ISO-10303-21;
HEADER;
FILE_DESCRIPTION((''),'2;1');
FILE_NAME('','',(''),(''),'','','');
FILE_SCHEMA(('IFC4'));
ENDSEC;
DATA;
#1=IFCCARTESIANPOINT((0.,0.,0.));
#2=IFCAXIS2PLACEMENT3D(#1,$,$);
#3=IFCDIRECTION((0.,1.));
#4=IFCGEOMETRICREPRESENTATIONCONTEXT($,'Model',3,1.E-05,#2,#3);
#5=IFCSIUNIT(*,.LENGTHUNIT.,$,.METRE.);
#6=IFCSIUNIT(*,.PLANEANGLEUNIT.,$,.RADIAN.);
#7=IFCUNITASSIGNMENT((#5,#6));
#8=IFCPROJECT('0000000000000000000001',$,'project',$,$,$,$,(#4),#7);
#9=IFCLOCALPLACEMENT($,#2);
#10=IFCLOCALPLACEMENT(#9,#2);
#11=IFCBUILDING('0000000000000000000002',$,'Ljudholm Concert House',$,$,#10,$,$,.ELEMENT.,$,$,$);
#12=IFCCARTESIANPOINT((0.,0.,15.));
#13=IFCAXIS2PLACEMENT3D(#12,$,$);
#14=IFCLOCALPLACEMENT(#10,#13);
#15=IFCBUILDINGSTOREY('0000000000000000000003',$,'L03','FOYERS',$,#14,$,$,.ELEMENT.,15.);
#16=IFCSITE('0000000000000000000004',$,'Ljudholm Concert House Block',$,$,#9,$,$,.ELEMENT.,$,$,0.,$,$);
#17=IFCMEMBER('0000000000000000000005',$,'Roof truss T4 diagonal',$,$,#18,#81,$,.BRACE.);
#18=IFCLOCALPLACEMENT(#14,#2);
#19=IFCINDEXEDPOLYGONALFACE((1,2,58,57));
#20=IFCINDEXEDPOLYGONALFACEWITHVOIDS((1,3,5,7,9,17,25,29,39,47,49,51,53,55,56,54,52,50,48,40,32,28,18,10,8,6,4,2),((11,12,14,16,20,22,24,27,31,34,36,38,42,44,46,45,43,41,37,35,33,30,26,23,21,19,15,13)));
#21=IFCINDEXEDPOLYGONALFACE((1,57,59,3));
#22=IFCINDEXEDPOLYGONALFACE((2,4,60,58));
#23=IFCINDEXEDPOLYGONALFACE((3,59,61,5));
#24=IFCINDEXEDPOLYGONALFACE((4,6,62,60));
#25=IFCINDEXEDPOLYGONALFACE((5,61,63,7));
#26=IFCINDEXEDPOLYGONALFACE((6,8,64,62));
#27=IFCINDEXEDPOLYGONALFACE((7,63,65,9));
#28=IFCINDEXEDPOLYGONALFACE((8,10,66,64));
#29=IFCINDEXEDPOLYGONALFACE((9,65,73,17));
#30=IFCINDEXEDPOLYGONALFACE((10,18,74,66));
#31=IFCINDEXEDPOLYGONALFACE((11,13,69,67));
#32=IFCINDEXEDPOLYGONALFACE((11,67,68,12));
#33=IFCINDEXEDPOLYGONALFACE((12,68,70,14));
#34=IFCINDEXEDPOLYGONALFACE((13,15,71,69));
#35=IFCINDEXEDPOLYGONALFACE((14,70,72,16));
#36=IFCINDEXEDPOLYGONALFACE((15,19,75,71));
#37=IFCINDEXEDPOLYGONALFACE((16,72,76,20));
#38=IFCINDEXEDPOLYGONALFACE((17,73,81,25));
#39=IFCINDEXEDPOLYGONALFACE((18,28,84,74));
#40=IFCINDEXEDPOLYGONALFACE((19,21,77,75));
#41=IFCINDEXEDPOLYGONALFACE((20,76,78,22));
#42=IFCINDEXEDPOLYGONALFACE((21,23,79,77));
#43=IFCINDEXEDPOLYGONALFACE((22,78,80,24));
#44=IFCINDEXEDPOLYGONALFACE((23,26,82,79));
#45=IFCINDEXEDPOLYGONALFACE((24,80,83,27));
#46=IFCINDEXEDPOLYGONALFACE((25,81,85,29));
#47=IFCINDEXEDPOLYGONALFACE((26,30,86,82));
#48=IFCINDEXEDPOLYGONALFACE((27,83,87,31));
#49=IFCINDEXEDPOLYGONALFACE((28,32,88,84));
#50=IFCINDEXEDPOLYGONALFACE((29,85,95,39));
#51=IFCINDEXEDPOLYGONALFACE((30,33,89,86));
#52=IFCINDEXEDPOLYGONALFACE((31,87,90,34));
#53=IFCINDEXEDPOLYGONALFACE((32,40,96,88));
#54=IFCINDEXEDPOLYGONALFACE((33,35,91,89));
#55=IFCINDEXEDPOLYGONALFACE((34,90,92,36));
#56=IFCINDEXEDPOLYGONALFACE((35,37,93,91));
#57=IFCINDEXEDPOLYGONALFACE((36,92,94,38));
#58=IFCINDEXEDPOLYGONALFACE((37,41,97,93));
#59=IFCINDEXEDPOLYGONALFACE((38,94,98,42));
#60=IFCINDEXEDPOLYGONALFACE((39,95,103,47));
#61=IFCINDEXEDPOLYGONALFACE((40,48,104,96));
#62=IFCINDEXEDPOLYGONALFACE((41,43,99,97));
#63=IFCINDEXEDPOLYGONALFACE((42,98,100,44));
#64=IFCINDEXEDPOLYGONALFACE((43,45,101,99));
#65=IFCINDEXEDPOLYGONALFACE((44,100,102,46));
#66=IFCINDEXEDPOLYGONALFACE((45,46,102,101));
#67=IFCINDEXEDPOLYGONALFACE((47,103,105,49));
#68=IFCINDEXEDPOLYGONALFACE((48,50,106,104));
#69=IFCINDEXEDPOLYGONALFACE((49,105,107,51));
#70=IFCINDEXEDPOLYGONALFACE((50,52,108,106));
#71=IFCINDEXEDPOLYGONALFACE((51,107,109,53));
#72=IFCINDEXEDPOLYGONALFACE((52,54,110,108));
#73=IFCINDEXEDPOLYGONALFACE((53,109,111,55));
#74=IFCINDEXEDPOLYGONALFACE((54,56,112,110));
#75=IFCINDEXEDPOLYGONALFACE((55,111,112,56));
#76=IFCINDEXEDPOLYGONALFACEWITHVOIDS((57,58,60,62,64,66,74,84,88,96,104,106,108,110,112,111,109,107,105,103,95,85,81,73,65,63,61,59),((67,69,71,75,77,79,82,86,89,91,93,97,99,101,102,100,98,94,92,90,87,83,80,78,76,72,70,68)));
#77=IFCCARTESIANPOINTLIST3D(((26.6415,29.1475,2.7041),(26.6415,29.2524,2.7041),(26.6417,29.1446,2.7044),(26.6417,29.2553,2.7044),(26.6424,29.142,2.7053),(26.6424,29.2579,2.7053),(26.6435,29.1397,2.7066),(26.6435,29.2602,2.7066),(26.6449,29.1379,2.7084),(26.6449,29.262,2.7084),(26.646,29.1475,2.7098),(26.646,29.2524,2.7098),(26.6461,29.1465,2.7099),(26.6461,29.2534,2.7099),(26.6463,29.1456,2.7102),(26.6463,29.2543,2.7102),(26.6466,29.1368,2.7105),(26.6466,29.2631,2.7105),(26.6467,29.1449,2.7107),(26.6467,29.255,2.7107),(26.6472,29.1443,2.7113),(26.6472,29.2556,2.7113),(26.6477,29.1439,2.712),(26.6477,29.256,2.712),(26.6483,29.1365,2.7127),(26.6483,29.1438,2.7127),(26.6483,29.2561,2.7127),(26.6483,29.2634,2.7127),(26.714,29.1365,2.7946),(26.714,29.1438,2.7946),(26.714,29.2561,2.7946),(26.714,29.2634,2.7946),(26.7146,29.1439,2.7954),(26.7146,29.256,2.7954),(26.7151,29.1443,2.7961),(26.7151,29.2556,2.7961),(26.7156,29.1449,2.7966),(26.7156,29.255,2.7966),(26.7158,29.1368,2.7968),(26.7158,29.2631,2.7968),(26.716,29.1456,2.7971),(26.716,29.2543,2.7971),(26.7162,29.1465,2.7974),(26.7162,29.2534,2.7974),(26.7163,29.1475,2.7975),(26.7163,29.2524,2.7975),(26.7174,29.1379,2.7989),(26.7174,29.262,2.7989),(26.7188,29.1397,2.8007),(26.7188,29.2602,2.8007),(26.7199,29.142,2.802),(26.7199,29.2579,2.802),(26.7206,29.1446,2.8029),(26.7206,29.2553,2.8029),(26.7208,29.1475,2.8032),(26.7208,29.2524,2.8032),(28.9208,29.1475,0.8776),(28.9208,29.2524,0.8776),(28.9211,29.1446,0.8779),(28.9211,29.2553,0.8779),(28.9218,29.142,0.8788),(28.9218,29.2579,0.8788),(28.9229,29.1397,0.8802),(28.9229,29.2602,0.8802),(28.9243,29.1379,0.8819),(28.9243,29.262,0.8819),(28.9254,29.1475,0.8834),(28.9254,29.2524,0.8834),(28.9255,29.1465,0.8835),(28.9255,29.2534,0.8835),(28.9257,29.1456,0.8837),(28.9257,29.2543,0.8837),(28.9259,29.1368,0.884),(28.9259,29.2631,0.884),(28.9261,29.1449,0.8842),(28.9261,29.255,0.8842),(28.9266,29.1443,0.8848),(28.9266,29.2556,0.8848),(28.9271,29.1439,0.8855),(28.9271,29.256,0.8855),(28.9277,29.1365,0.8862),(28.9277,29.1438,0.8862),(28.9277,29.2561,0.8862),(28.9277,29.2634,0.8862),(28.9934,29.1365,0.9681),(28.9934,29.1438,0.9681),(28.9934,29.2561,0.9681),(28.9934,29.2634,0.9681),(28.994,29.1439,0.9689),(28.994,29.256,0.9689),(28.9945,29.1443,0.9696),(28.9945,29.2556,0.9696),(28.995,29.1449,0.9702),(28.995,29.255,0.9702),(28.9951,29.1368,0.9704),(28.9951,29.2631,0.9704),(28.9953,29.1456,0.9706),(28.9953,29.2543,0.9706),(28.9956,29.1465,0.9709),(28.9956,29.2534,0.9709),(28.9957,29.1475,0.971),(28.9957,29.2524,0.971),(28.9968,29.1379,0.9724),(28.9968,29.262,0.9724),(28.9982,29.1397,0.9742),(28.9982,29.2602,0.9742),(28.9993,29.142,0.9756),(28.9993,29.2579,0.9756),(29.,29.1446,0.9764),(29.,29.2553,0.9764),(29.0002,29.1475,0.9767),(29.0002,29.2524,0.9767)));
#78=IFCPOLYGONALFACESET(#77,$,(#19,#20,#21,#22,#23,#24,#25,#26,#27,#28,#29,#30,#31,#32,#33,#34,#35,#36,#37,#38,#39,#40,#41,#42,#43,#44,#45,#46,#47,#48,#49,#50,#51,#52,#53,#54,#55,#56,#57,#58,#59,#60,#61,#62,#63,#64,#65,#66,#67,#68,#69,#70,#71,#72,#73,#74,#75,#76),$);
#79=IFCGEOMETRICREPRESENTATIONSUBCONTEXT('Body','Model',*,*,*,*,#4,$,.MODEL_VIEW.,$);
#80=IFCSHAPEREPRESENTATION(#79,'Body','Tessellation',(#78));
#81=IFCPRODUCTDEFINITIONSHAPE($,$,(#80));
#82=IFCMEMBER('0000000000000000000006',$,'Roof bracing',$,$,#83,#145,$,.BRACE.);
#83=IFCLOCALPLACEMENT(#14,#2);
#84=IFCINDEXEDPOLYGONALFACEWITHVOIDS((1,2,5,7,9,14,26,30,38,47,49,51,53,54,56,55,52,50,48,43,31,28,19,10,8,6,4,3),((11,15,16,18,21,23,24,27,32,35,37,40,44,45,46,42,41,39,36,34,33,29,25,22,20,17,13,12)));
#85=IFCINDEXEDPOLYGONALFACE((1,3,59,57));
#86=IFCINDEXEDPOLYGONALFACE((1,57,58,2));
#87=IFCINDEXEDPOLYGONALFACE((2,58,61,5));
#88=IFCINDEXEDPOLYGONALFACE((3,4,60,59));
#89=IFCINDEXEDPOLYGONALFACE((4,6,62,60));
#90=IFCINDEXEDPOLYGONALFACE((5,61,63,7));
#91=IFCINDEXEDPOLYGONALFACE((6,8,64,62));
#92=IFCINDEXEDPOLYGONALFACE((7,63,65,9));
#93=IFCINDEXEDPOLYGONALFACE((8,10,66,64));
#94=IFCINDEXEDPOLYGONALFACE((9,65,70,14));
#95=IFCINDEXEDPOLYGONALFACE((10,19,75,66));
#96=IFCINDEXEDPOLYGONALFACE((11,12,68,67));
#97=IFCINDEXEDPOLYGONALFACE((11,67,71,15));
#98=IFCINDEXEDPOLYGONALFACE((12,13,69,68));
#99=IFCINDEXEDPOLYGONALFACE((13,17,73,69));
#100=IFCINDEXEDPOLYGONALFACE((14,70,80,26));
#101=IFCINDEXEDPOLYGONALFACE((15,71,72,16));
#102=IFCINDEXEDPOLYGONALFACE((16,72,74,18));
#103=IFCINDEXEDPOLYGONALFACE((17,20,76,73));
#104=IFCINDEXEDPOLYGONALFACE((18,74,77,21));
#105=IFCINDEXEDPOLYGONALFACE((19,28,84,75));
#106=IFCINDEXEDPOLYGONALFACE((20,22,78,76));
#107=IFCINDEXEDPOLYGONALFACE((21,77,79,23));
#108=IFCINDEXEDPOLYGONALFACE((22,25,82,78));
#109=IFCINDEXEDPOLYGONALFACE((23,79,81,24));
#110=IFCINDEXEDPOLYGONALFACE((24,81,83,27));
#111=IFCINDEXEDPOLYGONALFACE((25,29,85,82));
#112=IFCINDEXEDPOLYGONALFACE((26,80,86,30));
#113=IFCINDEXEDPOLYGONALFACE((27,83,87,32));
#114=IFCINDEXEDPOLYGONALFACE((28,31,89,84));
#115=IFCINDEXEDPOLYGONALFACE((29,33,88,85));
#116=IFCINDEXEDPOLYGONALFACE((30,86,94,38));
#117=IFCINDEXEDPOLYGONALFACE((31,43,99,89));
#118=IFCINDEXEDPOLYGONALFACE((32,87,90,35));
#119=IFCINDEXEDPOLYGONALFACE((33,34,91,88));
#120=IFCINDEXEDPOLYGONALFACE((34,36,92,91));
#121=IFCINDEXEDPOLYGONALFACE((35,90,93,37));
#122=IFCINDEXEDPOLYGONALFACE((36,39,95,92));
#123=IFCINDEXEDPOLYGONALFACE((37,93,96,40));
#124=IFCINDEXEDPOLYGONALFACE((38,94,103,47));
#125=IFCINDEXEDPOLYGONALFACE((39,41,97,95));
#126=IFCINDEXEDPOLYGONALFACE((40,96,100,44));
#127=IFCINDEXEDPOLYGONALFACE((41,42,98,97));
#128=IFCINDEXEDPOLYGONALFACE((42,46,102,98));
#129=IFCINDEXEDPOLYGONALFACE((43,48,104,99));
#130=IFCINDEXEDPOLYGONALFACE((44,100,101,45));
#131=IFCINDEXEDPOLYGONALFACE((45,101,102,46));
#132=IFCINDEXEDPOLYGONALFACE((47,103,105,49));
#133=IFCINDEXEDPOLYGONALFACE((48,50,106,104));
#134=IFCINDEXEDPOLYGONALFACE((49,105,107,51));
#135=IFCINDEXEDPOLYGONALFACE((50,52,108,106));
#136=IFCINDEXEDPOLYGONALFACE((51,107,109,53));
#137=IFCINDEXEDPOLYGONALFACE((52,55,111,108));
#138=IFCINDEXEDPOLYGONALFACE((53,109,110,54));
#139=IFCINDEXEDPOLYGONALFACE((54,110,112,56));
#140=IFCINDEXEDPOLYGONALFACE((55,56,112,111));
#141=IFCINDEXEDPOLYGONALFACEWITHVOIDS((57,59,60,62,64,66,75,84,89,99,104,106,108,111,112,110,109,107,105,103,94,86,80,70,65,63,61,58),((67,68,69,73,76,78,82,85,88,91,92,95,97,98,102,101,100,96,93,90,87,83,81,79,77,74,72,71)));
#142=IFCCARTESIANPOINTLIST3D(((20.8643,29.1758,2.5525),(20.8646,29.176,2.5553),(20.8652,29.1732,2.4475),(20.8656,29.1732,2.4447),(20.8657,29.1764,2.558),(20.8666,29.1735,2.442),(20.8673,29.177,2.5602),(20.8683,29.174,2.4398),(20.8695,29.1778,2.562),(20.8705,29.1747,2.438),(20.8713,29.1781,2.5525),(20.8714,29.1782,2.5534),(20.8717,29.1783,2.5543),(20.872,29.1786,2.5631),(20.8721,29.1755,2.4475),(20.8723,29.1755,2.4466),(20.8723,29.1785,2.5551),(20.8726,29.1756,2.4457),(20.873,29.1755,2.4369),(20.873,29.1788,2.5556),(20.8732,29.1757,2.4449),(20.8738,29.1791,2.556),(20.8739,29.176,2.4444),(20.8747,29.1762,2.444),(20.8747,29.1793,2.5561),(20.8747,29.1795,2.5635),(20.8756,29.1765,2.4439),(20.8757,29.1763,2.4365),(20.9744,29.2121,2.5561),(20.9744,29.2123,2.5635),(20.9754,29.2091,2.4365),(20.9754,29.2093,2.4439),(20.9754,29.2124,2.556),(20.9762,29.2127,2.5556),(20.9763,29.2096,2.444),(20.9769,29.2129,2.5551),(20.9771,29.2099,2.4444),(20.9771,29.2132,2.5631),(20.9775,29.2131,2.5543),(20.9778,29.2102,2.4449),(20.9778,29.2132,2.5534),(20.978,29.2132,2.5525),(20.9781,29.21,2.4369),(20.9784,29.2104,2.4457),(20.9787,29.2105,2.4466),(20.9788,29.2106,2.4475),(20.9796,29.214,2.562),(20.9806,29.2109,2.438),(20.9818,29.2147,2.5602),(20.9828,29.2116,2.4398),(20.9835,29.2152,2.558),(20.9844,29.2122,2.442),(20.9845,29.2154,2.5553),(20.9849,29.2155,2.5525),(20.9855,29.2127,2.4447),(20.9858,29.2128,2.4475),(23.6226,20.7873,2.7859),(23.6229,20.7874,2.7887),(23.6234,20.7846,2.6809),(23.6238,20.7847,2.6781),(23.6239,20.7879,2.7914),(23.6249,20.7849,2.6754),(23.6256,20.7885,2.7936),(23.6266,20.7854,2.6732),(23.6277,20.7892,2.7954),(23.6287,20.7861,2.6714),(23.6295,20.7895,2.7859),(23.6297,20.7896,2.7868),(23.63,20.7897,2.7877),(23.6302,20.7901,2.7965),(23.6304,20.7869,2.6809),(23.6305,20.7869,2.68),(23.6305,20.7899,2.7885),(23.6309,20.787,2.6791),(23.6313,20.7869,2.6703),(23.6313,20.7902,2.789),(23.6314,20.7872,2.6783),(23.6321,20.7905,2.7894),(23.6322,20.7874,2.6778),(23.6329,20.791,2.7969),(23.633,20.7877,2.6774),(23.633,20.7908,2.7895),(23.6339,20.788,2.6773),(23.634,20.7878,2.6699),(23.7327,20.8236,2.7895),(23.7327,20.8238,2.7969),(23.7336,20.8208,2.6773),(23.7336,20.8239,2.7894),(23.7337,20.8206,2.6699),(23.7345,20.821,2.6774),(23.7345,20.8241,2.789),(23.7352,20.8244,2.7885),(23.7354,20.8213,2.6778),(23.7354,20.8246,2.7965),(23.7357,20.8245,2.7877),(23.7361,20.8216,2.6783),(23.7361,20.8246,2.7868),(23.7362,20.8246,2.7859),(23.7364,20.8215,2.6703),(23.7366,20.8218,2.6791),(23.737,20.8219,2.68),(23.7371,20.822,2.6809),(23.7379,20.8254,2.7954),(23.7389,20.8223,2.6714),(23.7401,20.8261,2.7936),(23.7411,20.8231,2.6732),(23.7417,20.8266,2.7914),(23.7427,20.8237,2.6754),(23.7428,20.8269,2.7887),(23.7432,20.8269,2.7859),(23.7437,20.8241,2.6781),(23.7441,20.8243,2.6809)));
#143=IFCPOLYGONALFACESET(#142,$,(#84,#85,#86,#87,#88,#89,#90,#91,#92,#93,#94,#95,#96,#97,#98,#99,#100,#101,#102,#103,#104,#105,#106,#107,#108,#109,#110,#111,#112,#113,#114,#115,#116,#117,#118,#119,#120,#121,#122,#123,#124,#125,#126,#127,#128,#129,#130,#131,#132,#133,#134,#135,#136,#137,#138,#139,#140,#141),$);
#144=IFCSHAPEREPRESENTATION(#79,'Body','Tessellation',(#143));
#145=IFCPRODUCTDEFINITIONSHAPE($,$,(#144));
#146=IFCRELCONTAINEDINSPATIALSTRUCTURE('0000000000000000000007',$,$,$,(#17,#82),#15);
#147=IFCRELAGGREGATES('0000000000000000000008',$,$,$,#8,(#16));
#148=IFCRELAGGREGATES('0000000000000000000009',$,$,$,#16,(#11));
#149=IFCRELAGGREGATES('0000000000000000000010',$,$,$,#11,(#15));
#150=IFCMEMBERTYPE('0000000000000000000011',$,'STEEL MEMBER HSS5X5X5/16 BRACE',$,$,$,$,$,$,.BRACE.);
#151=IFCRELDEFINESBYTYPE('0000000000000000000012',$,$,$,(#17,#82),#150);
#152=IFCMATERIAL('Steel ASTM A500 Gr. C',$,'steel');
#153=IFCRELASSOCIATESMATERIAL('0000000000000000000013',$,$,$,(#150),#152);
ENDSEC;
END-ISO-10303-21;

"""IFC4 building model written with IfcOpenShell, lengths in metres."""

from ifc_helpers import new_model, si_unit, direction, frame, origin, origin_2d, place, context, subcontext, project, spatial, hollow_rectangle, extrude, material, material_profile, profile_set, type_object, element, save


model = new_model("IFC4")

# Units and contexts
model_context = context("Model", 3, precision=1e-05, world=origin(), true_north=direction((0.0, 1.0)))
body_context = subcontext(model_context, "Body", "Model", "MODEL_VIEW")
ifc_project = project(units=[si_unit("LENGTHUNIT", "METRE"), si_unit("PLANEANGLEUNIT", "RADIAN")], contexts=[model_context])

# Site, building, storey
site_placement = place(None, origin())
site = spatial("IfcSite", under=ifc_project, at=site_placement, Name="Ljudholm Concert House Block", CompositionType="ELEMENT", RefElevation=0.0)
building_placement = place(site_placement, origin())
building = spatial("IfcBuilding", under=site, at=building_placement, Name="Ljudholm Concert House", CompositionType="ELEMENT")
storey_placement = place(building_placement, frame((0.0, 0.0, 15.0)))
storey = spatial("IfcBuildingStorey", under=building, at=storey_placement, Name="L03", Description="FOYERS", CompositionType="ELEMENT", Elevation=15.0)

# Members
ifc_material_1 = material(Name="Steel ASTM A500 Gr. C", Category="steel")
ifc_material_profile_1 = material_profile(ifc_material_1, hollow_rectangle(XDim=0.127, YDim=0.127, WallThickness=0.0073, InnerFilletRadius=0.0037, OuterFilletRadius=0.011, at=origin_2d()), Name="HSS5X5X5/16")
ifc_profile_set_1 = profile_set([ifc_material_profile_1], Name="Steel ASTM A500 Gr. C")
member_type_1 = type_object("IfcMemberType", Name="STEEL MEMBER HSS5X5X5/16 BRACE", PredefinedType="BRACE", material=ifc_profile_set_1)
member_1_placement = place(storey_placement, frame((26.6812, 29.2, 2.7537), z_axis=(0.780371, 0.0, -0.625317), x_axis=(0.0, 1.0, 0.0)))
element("IfcMember", 1, at=member_1_placement, inside=storey, type_object=member_type_1, Name="Roof truss T4 diagonal", PredefinedType="BRACE", context=body_context, shape_type="SweptSolid", body=[
    extrude(hollow_rectangle(XDim=0.127, YDim=0.127, WallThickness=0.0073, InnerFilletRadius=0.0037, OuterFilletRadius=0.011, at=origin_2d()), origin(), (0.0, 0.0, 1.0), 2.9209),
])
for number, where, z_axis, x_axis, name in (
    (2, (20.925, 29.1943, 2.5), (0.312251, -0.949632, 0.026422), (0.949964, 0.31236, 0.0), "Roof bracing"),
):
    element("IfcMember", number, at=place(storey_placement, frame(where, z_axis=z_axis, x_axis=x_axis)), inside=storey, type_object=member_type_1, Name=name, PredefinedType="BRACE", context=body_context, shape_type="SweptSolid", body=[
        extrude(hollow_rectangle(XDim=0.127, YDim=0.127, WallThickness=0.0073, InnerFilletRadius=0.0037, OuterFilletRadius=0.011, at=origin_2d()), origin(), (0.0, 0.0, 1.0), 8.8335),
    ])

save(model, "model.ifc")
